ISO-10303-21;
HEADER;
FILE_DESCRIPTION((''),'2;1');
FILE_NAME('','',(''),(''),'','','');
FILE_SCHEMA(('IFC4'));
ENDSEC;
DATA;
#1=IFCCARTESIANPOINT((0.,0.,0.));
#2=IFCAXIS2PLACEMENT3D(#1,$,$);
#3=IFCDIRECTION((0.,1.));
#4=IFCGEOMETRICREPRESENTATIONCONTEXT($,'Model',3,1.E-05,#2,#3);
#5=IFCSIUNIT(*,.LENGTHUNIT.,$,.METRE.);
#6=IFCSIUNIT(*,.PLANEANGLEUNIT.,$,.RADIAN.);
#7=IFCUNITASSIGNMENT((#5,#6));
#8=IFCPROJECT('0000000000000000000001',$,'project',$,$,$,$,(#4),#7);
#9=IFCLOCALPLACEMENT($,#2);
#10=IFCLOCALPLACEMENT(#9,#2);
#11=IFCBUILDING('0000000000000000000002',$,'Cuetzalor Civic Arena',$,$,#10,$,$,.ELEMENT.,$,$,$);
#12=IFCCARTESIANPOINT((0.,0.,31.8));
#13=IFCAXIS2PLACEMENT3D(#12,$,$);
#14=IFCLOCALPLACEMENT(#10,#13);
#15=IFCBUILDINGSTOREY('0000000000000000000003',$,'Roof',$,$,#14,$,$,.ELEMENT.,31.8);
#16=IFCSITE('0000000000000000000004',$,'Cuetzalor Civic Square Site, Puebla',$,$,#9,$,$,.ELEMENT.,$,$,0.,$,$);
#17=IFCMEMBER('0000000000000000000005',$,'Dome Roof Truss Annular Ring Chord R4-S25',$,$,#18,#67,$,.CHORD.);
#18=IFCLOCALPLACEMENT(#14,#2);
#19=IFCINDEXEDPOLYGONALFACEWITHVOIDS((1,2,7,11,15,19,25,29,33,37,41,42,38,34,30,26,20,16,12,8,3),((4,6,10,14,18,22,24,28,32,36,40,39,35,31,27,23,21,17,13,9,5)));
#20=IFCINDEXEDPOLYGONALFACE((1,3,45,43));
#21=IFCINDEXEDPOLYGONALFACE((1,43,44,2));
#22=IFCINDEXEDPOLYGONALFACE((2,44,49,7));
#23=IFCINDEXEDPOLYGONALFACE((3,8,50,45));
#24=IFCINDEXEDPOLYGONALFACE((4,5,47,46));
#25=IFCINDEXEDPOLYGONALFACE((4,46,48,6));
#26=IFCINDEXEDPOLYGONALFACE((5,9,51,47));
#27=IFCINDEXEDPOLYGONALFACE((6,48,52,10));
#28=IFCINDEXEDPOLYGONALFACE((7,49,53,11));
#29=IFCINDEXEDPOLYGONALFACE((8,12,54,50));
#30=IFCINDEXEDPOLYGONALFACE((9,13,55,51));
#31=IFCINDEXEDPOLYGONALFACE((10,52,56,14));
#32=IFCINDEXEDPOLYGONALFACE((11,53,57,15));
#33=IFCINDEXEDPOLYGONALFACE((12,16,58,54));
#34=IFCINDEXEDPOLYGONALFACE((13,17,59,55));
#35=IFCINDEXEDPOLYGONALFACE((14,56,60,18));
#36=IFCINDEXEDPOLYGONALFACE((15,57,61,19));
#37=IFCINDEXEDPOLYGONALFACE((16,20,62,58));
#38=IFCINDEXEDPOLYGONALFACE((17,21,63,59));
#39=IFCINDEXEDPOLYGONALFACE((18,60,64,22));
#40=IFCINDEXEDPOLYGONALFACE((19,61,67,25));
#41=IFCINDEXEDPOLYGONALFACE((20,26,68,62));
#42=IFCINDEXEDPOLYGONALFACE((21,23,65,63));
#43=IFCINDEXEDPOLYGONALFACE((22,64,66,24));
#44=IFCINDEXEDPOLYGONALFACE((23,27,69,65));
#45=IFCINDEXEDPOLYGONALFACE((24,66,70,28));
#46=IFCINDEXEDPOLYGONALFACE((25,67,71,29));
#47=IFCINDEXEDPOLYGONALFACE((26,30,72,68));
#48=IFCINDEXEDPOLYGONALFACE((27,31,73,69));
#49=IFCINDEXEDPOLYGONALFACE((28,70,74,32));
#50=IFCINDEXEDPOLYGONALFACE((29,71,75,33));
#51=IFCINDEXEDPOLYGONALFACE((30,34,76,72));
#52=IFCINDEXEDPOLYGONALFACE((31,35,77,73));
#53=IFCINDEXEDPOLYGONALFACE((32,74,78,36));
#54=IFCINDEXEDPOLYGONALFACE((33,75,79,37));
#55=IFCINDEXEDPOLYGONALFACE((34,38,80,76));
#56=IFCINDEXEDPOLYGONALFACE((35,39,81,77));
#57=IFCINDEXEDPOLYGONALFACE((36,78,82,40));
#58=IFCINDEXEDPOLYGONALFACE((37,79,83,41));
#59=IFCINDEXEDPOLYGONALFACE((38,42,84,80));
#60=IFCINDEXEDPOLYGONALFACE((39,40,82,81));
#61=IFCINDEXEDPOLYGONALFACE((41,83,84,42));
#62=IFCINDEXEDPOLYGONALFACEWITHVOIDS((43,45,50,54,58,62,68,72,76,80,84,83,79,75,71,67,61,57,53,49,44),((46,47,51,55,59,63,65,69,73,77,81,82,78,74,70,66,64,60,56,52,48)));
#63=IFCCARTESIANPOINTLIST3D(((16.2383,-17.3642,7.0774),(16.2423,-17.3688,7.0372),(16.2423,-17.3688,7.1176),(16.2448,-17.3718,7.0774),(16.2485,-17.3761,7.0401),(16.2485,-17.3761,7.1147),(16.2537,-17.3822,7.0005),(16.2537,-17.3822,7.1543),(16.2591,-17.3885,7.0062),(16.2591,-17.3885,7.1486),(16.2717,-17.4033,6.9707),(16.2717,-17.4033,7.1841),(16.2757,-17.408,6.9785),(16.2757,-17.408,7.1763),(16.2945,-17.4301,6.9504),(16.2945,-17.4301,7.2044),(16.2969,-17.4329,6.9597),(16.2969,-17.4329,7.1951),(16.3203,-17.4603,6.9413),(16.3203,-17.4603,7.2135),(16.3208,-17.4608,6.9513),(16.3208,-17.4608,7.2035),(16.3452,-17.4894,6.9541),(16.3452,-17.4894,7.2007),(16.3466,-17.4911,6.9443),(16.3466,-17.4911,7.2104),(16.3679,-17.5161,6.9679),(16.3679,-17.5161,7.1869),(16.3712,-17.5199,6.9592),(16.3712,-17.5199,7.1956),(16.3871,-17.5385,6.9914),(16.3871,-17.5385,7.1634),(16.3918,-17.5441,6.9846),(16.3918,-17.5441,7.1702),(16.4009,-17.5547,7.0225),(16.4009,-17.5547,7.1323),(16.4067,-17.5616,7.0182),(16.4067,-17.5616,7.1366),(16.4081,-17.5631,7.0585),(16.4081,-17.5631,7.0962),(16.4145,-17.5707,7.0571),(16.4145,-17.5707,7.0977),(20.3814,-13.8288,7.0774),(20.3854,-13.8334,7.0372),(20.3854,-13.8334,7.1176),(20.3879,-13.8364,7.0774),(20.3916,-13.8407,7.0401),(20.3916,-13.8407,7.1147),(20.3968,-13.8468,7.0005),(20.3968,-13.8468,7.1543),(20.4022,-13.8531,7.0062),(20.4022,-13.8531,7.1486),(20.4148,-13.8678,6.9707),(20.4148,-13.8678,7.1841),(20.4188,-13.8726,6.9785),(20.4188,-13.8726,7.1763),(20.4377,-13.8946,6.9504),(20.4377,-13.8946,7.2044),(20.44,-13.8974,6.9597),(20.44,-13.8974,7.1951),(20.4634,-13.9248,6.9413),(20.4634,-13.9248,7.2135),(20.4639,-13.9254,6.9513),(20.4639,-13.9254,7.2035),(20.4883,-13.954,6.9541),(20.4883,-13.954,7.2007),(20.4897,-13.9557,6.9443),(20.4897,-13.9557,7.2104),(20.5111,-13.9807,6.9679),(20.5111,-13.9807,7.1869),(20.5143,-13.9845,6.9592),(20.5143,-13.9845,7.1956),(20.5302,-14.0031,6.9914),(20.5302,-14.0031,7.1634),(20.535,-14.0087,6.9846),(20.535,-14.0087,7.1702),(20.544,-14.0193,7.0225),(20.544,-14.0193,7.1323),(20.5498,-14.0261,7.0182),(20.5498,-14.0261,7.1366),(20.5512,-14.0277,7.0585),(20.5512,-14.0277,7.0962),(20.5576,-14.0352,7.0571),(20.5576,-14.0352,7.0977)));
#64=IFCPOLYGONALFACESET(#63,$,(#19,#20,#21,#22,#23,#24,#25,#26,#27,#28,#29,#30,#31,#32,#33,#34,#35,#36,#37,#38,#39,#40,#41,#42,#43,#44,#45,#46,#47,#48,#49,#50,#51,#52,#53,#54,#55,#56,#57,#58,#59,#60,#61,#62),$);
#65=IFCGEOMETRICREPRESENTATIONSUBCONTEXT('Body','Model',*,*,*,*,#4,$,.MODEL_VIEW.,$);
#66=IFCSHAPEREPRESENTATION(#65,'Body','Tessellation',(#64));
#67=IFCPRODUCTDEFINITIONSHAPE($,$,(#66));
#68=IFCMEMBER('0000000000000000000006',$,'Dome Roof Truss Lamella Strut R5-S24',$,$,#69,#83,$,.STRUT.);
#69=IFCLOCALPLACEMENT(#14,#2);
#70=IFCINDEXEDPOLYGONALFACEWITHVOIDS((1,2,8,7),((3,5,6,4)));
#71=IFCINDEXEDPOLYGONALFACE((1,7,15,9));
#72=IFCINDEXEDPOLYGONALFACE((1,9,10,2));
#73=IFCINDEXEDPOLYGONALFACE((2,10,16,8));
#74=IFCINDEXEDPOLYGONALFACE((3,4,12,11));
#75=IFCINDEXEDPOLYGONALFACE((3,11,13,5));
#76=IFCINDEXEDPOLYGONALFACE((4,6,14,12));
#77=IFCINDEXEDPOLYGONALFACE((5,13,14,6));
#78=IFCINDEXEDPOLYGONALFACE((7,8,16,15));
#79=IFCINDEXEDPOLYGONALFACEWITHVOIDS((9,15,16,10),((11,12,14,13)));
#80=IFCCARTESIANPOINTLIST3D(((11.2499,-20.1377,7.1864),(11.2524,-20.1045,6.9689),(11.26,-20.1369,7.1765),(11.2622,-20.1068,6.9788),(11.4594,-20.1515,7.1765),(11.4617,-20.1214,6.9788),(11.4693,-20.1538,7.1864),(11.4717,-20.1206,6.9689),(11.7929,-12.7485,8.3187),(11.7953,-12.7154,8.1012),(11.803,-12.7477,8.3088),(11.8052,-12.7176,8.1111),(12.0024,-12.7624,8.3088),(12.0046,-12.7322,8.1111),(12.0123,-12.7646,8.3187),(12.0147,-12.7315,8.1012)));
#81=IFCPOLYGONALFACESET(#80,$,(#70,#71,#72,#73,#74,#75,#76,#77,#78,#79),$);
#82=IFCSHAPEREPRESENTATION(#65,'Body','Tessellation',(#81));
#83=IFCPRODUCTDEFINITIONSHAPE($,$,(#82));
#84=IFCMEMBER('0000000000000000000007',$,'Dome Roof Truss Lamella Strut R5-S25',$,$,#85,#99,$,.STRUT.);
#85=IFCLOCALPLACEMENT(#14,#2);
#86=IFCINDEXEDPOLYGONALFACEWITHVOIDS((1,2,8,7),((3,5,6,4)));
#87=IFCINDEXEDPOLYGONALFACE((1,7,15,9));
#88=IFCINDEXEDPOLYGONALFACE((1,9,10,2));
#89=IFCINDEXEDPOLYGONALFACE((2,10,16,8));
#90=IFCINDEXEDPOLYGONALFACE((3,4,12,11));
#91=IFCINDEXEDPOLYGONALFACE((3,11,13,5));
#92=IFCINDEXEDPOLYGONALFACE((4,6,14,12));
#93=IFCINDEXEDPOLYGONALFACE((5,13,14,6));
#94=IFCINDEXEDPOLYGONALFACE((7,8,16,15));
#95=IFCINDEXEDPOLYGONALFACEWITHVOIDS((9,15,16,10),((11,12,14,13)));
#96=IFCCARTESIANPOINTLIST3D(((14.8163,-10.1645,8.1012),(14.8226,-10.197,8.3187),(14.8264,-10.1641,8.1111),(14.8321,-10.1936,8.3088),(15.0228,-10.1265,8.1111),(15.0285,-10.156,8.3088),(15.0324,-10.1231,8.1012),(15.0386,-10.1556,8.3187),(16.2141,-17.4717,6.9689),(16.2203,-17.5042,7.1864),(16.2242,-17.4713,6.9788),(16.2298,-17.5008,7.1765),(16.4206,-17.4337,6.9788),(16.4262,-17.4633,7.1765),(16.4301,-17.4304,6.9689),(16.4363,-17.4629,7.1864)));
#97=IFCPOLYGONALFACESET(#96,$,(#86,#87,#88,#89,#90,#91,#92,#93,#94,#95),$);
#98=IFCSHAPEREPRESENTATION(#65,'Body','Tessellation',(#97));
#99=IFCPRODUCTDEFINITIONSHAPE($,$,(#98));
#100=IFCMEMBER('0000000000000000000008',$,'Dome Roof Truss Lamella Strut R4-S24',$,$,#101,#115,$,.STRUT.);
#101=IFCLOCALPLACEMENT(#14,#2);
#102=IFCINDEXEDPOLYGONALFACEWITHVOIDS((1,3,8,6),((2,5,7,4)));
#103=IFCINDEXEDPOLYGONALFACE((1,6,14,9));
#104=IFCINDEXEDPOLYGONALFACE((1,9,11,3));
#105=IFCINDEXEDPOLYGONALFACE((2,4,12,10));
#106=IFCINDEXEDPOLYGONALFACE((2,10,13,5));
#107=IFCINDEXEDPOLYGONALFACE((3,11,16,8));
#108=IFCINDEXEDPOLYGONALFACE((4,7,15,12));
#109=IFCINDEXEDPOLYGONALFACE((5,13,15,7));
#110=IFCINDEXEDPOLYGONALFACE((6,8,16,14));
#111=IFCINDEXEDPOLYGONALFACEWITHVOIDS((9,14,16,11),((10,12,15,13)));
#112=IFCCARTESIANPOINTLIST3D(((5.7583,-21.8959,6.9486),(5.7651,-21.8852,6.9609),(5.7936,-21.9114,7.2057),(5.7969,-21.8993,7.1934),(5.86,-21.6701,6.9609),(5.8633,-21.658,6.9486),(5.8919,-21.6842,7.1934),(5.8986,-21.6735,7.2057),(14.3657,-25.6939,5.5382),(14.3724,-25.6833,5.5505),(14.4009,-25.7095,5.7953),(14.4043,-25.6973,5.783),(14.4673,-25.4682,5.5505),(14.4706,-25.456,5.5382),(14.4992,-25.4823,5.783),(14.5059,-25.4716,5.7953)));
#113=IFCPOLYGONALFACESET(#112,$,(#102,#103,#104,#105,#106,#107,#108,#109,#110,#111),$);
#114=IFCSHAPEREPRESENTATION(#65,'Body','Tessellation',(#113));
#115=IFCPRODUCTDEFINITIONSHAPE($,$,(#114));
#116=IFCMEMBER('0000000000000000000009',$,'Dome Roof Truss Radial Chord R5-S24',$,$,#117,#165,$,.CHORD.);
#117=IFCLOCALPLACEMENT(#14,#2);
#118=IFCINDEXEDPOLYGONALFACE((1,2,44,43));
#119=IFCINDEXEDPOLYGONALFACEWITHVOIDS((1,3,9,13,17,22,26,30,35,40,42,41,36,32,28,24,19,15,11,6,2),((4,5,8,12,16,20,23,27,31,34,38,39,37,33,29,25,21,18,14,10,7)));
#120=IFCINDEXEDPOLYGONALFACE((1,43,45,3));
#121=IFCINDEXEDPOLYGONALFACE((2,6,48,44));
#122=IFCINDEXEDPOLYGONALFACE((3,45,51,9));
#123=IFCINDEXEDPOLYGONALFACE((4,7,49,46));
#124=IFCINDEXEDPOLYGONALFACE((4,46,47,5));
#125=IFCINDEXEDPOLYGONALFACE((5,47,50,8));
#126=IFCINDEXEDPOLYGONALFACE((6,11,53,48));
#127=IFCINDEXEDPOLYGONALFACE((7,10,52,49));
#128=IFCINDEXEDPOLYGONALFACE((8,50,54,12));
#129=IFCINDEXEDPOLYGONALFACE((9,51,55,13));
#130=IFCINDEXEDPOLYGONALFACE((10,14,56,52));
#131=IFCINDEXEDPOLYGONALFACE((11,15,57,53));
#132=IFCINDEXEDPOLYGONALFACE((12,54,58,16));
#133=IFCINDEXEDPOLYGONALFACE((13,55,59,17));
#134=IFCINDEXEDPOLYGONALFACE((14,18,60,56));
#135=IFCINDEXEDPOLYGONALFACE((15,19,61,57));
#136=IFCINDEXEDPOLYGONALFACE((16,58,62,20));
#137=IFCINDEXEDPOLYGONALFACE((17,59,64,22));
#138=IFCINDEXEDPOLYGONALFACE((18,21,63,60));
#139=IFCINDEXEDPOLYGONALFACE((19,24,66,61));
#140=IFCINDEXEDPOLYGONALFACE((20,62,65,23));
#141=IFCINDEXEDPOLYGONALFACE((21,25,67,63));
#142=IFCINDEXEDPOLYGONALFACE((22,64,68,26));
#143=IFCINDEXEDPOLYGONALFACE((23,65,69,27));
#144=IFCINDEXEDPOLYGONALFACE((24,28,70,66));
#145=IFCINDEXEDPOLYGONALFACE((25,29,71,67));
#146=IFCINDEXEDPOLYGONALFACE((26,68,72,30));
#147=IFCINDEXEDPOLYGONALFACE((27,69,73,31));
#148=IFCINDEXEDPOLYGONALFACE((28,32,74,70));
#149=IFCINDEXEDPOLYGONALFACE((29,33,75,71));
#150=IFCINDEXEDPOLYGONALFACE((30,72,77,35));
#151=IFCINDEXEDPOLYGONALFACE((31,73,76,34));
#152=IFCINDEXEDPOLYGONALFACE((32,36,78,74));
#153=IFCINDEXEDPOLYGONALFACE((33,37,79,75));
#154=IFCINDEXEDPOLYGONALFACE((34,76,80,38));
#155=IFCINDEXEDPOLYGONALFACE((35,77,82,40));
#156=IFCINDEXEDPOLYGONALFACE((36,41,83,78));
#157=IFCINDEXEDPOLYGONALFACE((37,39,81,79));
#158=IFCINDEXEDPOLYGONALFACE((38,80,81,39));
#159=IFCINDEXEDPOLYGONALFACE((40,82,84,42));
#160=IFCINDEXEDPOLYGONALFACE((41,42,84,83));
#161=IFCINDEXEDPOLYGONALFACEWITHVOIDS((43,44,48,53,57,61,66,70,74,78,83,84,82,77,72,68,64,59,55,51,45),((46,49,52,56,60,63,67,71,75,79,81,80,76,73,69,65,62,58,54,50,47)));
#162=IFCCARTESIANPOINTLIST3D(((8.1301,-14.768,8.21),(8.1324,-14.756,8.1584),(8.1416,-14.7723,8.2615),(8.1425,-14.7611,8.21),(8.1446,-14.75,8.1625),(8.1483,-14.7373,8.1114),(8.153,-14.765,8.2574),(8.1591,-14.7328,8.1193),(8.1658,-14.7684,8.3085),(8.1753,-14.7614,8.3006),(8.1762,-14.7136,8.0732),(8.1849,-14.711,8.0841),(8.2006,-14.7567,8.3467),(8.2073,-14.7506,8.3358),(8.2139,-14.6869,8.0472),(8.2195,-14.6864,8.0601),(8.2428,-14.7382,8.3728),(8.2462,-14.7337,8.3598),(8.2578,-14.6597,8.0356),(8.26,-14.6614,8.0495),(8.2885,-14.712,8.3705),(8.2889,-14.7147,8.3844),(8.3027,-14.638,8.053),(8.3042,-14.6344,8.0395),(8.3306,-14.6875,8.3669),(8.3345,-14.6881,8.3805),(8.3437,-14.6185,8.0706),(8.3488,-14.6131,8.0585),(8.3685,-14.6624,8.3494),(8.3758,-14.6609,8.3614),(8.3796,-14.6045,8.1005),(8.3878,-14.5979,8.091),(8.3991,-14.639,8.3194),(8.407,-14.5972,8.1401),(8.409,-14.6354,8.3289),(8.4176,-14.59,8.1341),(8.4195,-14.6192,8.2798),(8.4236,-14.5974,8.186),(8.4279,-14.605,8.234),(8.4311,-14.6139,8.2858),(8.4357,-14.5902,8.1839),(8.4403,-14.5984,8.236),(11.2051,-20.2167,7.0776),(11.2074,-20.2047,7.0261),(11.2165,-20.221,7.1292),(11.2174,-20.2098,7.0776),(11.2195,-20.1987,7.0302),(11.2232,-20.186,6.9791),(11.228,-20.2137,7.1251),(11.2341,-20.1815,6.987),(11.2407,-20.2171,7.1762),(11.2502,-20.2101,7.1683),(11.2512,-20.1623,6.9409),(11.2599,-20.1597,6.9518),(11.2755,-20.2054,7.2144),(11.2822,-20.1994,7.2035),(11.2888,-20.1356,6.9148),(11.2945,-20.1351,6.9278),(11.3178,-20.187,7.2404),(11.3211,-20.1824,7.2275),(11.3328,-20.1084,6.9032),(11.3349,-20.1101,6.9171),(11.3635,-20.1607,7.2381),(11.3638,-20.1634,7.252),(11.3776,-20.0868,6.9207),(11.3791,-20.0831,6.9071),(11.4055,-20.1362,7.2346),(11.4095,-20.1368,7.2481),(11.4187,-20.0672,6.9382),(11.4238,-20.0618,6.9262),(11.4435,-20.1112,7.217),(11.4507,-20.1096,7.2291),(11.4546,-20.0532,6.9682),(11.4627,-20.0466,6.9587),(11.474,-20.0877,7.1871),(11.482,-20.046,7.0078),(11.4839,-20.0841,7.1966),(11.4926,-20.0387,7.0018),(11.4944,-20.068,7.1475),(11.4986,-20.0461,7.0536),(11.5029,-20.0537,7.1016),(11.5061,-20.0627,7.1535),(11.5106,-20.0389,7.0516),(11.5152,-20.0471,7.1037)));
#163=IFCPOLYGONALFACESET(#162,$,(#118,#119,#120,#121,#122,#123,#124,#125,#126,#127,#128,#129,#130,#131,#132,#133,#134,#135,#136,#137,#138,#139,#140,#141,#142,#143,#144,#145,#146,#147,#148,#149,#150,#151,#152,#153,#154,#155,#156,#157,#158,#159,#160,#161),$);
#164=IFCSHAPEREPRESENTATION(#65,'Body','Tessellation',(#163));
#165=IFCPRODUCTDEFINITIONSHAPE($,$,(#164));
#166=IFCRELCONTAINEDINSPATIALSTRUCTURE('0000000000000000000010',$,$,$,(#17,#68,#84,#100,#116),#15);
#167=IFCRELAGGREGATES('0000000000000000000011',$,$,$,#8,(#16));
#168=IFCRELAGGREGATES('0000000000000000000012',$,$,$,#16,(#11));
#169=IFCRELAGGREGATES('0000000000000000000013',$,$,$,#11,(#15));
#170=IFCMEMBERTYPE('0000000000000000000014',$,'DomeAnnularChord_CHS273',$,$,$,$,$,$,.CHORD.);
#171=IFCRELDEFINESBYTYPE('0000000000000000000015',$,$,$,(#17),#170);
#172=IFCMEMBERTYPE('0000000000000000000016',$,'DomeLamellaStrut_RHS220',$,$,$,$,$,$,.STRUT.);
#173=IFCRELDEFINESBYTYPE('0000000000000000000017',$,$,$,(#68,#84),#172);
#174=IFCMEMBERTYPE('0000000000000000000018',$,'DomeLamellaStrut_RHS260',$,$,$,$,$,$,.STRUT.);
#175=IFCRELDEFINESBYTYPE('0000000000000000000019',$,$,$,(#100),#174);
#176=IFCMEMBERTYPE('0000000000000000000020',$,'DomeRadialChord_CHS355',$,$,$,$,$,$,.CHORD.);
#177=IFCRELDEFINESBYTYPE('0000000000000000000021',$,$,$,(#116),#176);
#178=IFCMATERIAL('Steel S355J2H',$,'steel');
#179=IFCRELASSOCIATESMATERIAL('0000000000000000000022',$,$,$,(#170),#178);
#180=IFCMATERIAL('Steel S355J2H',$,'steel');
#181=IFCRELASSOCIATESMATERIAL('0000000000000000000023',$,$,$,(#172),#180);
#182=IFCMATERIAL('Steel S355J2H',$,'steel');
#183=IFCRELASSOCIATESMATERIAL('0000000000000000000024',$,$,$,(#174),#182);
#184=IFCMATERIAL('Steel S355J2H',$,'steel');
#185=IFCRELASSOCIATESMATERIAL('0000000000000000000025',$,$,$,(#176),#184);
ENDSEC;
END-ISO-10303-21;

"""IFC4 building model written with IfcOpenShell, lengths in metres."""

from ifc_helpers import new_model, si_unit, direction, frame, origin, origin_2d, place, context, subcontext, project, spatial, hollow_rectangle, hollow_circle, extrude, material, material_profile, profile_set, type_object, element, save


model = new_model("IFC4")

# Units and contexts
model_context = context("Model", 3, precision=1e-05, world=origin(), true_north=direction((0.0, 1.0)))
body_context = subcontext(model_context, "Body", "Model", "MODEL_VIEW")
ifc_project = project(units=[si_unit("LENGTHUNIT", "METRE"), si_unit("PLANEANGLEUNIT", "RADIAN")], contexts=[model_context])

# Site, building, storey
site_placement = place(None, origin())
site = spatial("IfcSite", under=ifc_project, at=site_placement, Name="Cuetzalor Civic Square Site, Puebla", CompositionType="ELEMENT", RefElevation=0.0)
building_placement = place(site_placement, origin())
building = spatial("IfcBuilding", under=site, at=building_placement, Name="Cuetzalor Civic Arena", CompositionType="ELEMENT")
storey_placement = place(building_placement, frame((0.0, 0.0, 31.8)))
storey = spatial("IfcBuildingStorey", under=building, at=storey_placement, Name="Roof", CompositionType="ELEMENT", Elevation=31.8)

# Members
ifc_material_1 = material(Name="Steel S355J2H", Category="steel")
ifc_material_profile_1 = material_profile(ifc_material_1, hollow_circle(Radius=0.1365, WallThickness=0.01, at=origin_2d()), Name="CHS 273x10")
ifc_profile_set_1 = profile_set([ifc_material_profile_1], Name="Steel S355J2H")
member_type_1 = type_object("IfcMemberType", Name="DomeAnnularChord_CHS273", PredefinedType="CHORD", material=ifc_profile_set_1)
member_1_placement = place(storey_placement, frame((16.3269, -17.468, 7.0774), z_axis=(0.760688, 0.649118, 0.0), x_axis=(-0.649118, 0.760688, 0.0)))
element("IfcMember", 1, at=member_1_placement, inside=storey, type_object=member_type_1, Name="Dome Roof Truss Annular Ring Chord R4-S25", PredefinedType="CHORD", context=body_context, shape_type="SweptSolid", body=[
    extrude(hollow_circle(Radius=0.1365, WallThickness=0.01, at=origin_2d()), origin(), (0.0, 0.0, 1.0), 5.4465),
])
ifc_material_2 = material(Name="Steel S355J2H", Category="steel")
ifc_material_profile_2 = material_profile(ifc_material_2, hollow_rectangle(XDim=0.22, YDim=0.22, WallThickness=0.01, at=origin_2d()), Name="RHS 220x220x10")
ifc_profile_set_2 = profile_set([ifc_material_profile_2], Name="Steel S355J2H")
member_type_2 = type_object("IfcMemberType", Name="DomeLamellaStrut_RHS220", PredefinedType="STRUT", material=ifc_profile_set_2)
member_2_placement = place(storey_placement, frame((11.3608, -20.1292, 7.0776), z_axis=(0.072443, 0.985864, 0.151075), x_axis=(-0.997311, 0.073284, 0.0)))
element("IfcMember", 2, at=member_2_placement, inside=storey, type_object=member_type_2, Name="Dome Roof Truss Lamella Strut R5-S24", PredefinedType="STRUT", context=body_context, shape_type="SweptSolid", body=[
    extrude(hollow_rectangle(XDim=0.22, YDim=0.22, WallThickness=0.01, at=origin_2d()), origin(), (0.0, 0.0, 1.0), 7.4951),
])
member_3_placement = place(storey_placement, frame((16.3252, -17.4673, 7.0776), z_axis=(-0.185735, 0.971011, 0.150469), x_axis=(-0.982193, -0.187874, 0.0)))
element("IfcMember", 3, at=member_3_placement, inside=storey, type_object=member_type_2, Name="Dome Roof Truss Lamella Strut R5-S25", PredefinedType="STRUT", context=body_context, shape_type="SweptSolid", body=[
    extrude(hollow_rectangle(XDim=0.22, YDim=0.22, WallThickness=0.01, at=origin_2d()), origin(), (0.0, 0.0, 1.0), 7.5254),
])
ifc_material_3 = material(Name="Steel S355J2H", Category="steel")
ifc_material_profile_3 = material_profile(ifc_material_3, hollow_rectangle(XDim=0.26, YDim=0.26, WallThickness=0.0125, at=origin_2d()), Name="RHS 260x260x12.5")
ifc_profile_set_3 = profile_set([ifc_material_profile_3], Name="Steel S355J2H")
member_type_3 = type_object("IfcMemberType", Name="DomeLamellaStrut_RHS260", PredefinedType="STRUT", material=ifc_profile_set_3)
member_4_placement = place(storey_placement, frame((14.4358, -25.5828, 5.6667), z_axis=(-0.90478, 0.399242, 0.148256), x_axis=(-0.403703, -0.91489, 0.0)))
element("IfcMember", 4, at=member_4_placement, inside=storey, type_object=member_type_3, Name="Dome Roof Truss Lamella Strut R4-S24", PredefinedType="STRUT", context=body_context, shape_type="SweptSolid", body=[
    extrude(hollow_rectangle(XDim=0.26, YDim=0.26, WallThickness=0.0125, at=origin_2d()), origin(), (0.0, 0.0, 1.0), 9.5132),
])
ifc_material_4 = material(Name="Steel S355J2H", Category="steel")
ifc_material_profile_4 = material_profile(ifc_material_4, hollow_circle(Radius=0.1777, WallThickness=0.0142, at=origin_2d()), Name="CHS 355.6x14.2")
ifc_profile_set_4 = profile_set([ifc_material_profile_4], Name="Steel S355J2H")
member_type_4 = type_object("IfcMemberType", Name="DomeRadialChord_CHS355", PredefinedType="CHORD", material=ifc_profile_set_4)
member_5_placement = place(storey_placement, frame((11.3599, -20.1294, 7.0776), z_axis=(-0.483623, 0.856967, 0.17809), x_axis=(-0.870889, -0.49148, 0.0)))
element("IfcMember", 5, at=member_5_placement, inside=storey, type_object=member_type_4, Name="Dome Roof Truss Radial Chord R5-S24", PredefinedType="CHORD", context=body_context, shape_type="SweptSolid", body=[
    extrude(hollow_circle(Radius=0.1777, WallThickness=0.0142, at=origin_2d()), origin(), (0.0, 0.0, 1.0), 6.3582),
])

save(model, "model.ifc")
